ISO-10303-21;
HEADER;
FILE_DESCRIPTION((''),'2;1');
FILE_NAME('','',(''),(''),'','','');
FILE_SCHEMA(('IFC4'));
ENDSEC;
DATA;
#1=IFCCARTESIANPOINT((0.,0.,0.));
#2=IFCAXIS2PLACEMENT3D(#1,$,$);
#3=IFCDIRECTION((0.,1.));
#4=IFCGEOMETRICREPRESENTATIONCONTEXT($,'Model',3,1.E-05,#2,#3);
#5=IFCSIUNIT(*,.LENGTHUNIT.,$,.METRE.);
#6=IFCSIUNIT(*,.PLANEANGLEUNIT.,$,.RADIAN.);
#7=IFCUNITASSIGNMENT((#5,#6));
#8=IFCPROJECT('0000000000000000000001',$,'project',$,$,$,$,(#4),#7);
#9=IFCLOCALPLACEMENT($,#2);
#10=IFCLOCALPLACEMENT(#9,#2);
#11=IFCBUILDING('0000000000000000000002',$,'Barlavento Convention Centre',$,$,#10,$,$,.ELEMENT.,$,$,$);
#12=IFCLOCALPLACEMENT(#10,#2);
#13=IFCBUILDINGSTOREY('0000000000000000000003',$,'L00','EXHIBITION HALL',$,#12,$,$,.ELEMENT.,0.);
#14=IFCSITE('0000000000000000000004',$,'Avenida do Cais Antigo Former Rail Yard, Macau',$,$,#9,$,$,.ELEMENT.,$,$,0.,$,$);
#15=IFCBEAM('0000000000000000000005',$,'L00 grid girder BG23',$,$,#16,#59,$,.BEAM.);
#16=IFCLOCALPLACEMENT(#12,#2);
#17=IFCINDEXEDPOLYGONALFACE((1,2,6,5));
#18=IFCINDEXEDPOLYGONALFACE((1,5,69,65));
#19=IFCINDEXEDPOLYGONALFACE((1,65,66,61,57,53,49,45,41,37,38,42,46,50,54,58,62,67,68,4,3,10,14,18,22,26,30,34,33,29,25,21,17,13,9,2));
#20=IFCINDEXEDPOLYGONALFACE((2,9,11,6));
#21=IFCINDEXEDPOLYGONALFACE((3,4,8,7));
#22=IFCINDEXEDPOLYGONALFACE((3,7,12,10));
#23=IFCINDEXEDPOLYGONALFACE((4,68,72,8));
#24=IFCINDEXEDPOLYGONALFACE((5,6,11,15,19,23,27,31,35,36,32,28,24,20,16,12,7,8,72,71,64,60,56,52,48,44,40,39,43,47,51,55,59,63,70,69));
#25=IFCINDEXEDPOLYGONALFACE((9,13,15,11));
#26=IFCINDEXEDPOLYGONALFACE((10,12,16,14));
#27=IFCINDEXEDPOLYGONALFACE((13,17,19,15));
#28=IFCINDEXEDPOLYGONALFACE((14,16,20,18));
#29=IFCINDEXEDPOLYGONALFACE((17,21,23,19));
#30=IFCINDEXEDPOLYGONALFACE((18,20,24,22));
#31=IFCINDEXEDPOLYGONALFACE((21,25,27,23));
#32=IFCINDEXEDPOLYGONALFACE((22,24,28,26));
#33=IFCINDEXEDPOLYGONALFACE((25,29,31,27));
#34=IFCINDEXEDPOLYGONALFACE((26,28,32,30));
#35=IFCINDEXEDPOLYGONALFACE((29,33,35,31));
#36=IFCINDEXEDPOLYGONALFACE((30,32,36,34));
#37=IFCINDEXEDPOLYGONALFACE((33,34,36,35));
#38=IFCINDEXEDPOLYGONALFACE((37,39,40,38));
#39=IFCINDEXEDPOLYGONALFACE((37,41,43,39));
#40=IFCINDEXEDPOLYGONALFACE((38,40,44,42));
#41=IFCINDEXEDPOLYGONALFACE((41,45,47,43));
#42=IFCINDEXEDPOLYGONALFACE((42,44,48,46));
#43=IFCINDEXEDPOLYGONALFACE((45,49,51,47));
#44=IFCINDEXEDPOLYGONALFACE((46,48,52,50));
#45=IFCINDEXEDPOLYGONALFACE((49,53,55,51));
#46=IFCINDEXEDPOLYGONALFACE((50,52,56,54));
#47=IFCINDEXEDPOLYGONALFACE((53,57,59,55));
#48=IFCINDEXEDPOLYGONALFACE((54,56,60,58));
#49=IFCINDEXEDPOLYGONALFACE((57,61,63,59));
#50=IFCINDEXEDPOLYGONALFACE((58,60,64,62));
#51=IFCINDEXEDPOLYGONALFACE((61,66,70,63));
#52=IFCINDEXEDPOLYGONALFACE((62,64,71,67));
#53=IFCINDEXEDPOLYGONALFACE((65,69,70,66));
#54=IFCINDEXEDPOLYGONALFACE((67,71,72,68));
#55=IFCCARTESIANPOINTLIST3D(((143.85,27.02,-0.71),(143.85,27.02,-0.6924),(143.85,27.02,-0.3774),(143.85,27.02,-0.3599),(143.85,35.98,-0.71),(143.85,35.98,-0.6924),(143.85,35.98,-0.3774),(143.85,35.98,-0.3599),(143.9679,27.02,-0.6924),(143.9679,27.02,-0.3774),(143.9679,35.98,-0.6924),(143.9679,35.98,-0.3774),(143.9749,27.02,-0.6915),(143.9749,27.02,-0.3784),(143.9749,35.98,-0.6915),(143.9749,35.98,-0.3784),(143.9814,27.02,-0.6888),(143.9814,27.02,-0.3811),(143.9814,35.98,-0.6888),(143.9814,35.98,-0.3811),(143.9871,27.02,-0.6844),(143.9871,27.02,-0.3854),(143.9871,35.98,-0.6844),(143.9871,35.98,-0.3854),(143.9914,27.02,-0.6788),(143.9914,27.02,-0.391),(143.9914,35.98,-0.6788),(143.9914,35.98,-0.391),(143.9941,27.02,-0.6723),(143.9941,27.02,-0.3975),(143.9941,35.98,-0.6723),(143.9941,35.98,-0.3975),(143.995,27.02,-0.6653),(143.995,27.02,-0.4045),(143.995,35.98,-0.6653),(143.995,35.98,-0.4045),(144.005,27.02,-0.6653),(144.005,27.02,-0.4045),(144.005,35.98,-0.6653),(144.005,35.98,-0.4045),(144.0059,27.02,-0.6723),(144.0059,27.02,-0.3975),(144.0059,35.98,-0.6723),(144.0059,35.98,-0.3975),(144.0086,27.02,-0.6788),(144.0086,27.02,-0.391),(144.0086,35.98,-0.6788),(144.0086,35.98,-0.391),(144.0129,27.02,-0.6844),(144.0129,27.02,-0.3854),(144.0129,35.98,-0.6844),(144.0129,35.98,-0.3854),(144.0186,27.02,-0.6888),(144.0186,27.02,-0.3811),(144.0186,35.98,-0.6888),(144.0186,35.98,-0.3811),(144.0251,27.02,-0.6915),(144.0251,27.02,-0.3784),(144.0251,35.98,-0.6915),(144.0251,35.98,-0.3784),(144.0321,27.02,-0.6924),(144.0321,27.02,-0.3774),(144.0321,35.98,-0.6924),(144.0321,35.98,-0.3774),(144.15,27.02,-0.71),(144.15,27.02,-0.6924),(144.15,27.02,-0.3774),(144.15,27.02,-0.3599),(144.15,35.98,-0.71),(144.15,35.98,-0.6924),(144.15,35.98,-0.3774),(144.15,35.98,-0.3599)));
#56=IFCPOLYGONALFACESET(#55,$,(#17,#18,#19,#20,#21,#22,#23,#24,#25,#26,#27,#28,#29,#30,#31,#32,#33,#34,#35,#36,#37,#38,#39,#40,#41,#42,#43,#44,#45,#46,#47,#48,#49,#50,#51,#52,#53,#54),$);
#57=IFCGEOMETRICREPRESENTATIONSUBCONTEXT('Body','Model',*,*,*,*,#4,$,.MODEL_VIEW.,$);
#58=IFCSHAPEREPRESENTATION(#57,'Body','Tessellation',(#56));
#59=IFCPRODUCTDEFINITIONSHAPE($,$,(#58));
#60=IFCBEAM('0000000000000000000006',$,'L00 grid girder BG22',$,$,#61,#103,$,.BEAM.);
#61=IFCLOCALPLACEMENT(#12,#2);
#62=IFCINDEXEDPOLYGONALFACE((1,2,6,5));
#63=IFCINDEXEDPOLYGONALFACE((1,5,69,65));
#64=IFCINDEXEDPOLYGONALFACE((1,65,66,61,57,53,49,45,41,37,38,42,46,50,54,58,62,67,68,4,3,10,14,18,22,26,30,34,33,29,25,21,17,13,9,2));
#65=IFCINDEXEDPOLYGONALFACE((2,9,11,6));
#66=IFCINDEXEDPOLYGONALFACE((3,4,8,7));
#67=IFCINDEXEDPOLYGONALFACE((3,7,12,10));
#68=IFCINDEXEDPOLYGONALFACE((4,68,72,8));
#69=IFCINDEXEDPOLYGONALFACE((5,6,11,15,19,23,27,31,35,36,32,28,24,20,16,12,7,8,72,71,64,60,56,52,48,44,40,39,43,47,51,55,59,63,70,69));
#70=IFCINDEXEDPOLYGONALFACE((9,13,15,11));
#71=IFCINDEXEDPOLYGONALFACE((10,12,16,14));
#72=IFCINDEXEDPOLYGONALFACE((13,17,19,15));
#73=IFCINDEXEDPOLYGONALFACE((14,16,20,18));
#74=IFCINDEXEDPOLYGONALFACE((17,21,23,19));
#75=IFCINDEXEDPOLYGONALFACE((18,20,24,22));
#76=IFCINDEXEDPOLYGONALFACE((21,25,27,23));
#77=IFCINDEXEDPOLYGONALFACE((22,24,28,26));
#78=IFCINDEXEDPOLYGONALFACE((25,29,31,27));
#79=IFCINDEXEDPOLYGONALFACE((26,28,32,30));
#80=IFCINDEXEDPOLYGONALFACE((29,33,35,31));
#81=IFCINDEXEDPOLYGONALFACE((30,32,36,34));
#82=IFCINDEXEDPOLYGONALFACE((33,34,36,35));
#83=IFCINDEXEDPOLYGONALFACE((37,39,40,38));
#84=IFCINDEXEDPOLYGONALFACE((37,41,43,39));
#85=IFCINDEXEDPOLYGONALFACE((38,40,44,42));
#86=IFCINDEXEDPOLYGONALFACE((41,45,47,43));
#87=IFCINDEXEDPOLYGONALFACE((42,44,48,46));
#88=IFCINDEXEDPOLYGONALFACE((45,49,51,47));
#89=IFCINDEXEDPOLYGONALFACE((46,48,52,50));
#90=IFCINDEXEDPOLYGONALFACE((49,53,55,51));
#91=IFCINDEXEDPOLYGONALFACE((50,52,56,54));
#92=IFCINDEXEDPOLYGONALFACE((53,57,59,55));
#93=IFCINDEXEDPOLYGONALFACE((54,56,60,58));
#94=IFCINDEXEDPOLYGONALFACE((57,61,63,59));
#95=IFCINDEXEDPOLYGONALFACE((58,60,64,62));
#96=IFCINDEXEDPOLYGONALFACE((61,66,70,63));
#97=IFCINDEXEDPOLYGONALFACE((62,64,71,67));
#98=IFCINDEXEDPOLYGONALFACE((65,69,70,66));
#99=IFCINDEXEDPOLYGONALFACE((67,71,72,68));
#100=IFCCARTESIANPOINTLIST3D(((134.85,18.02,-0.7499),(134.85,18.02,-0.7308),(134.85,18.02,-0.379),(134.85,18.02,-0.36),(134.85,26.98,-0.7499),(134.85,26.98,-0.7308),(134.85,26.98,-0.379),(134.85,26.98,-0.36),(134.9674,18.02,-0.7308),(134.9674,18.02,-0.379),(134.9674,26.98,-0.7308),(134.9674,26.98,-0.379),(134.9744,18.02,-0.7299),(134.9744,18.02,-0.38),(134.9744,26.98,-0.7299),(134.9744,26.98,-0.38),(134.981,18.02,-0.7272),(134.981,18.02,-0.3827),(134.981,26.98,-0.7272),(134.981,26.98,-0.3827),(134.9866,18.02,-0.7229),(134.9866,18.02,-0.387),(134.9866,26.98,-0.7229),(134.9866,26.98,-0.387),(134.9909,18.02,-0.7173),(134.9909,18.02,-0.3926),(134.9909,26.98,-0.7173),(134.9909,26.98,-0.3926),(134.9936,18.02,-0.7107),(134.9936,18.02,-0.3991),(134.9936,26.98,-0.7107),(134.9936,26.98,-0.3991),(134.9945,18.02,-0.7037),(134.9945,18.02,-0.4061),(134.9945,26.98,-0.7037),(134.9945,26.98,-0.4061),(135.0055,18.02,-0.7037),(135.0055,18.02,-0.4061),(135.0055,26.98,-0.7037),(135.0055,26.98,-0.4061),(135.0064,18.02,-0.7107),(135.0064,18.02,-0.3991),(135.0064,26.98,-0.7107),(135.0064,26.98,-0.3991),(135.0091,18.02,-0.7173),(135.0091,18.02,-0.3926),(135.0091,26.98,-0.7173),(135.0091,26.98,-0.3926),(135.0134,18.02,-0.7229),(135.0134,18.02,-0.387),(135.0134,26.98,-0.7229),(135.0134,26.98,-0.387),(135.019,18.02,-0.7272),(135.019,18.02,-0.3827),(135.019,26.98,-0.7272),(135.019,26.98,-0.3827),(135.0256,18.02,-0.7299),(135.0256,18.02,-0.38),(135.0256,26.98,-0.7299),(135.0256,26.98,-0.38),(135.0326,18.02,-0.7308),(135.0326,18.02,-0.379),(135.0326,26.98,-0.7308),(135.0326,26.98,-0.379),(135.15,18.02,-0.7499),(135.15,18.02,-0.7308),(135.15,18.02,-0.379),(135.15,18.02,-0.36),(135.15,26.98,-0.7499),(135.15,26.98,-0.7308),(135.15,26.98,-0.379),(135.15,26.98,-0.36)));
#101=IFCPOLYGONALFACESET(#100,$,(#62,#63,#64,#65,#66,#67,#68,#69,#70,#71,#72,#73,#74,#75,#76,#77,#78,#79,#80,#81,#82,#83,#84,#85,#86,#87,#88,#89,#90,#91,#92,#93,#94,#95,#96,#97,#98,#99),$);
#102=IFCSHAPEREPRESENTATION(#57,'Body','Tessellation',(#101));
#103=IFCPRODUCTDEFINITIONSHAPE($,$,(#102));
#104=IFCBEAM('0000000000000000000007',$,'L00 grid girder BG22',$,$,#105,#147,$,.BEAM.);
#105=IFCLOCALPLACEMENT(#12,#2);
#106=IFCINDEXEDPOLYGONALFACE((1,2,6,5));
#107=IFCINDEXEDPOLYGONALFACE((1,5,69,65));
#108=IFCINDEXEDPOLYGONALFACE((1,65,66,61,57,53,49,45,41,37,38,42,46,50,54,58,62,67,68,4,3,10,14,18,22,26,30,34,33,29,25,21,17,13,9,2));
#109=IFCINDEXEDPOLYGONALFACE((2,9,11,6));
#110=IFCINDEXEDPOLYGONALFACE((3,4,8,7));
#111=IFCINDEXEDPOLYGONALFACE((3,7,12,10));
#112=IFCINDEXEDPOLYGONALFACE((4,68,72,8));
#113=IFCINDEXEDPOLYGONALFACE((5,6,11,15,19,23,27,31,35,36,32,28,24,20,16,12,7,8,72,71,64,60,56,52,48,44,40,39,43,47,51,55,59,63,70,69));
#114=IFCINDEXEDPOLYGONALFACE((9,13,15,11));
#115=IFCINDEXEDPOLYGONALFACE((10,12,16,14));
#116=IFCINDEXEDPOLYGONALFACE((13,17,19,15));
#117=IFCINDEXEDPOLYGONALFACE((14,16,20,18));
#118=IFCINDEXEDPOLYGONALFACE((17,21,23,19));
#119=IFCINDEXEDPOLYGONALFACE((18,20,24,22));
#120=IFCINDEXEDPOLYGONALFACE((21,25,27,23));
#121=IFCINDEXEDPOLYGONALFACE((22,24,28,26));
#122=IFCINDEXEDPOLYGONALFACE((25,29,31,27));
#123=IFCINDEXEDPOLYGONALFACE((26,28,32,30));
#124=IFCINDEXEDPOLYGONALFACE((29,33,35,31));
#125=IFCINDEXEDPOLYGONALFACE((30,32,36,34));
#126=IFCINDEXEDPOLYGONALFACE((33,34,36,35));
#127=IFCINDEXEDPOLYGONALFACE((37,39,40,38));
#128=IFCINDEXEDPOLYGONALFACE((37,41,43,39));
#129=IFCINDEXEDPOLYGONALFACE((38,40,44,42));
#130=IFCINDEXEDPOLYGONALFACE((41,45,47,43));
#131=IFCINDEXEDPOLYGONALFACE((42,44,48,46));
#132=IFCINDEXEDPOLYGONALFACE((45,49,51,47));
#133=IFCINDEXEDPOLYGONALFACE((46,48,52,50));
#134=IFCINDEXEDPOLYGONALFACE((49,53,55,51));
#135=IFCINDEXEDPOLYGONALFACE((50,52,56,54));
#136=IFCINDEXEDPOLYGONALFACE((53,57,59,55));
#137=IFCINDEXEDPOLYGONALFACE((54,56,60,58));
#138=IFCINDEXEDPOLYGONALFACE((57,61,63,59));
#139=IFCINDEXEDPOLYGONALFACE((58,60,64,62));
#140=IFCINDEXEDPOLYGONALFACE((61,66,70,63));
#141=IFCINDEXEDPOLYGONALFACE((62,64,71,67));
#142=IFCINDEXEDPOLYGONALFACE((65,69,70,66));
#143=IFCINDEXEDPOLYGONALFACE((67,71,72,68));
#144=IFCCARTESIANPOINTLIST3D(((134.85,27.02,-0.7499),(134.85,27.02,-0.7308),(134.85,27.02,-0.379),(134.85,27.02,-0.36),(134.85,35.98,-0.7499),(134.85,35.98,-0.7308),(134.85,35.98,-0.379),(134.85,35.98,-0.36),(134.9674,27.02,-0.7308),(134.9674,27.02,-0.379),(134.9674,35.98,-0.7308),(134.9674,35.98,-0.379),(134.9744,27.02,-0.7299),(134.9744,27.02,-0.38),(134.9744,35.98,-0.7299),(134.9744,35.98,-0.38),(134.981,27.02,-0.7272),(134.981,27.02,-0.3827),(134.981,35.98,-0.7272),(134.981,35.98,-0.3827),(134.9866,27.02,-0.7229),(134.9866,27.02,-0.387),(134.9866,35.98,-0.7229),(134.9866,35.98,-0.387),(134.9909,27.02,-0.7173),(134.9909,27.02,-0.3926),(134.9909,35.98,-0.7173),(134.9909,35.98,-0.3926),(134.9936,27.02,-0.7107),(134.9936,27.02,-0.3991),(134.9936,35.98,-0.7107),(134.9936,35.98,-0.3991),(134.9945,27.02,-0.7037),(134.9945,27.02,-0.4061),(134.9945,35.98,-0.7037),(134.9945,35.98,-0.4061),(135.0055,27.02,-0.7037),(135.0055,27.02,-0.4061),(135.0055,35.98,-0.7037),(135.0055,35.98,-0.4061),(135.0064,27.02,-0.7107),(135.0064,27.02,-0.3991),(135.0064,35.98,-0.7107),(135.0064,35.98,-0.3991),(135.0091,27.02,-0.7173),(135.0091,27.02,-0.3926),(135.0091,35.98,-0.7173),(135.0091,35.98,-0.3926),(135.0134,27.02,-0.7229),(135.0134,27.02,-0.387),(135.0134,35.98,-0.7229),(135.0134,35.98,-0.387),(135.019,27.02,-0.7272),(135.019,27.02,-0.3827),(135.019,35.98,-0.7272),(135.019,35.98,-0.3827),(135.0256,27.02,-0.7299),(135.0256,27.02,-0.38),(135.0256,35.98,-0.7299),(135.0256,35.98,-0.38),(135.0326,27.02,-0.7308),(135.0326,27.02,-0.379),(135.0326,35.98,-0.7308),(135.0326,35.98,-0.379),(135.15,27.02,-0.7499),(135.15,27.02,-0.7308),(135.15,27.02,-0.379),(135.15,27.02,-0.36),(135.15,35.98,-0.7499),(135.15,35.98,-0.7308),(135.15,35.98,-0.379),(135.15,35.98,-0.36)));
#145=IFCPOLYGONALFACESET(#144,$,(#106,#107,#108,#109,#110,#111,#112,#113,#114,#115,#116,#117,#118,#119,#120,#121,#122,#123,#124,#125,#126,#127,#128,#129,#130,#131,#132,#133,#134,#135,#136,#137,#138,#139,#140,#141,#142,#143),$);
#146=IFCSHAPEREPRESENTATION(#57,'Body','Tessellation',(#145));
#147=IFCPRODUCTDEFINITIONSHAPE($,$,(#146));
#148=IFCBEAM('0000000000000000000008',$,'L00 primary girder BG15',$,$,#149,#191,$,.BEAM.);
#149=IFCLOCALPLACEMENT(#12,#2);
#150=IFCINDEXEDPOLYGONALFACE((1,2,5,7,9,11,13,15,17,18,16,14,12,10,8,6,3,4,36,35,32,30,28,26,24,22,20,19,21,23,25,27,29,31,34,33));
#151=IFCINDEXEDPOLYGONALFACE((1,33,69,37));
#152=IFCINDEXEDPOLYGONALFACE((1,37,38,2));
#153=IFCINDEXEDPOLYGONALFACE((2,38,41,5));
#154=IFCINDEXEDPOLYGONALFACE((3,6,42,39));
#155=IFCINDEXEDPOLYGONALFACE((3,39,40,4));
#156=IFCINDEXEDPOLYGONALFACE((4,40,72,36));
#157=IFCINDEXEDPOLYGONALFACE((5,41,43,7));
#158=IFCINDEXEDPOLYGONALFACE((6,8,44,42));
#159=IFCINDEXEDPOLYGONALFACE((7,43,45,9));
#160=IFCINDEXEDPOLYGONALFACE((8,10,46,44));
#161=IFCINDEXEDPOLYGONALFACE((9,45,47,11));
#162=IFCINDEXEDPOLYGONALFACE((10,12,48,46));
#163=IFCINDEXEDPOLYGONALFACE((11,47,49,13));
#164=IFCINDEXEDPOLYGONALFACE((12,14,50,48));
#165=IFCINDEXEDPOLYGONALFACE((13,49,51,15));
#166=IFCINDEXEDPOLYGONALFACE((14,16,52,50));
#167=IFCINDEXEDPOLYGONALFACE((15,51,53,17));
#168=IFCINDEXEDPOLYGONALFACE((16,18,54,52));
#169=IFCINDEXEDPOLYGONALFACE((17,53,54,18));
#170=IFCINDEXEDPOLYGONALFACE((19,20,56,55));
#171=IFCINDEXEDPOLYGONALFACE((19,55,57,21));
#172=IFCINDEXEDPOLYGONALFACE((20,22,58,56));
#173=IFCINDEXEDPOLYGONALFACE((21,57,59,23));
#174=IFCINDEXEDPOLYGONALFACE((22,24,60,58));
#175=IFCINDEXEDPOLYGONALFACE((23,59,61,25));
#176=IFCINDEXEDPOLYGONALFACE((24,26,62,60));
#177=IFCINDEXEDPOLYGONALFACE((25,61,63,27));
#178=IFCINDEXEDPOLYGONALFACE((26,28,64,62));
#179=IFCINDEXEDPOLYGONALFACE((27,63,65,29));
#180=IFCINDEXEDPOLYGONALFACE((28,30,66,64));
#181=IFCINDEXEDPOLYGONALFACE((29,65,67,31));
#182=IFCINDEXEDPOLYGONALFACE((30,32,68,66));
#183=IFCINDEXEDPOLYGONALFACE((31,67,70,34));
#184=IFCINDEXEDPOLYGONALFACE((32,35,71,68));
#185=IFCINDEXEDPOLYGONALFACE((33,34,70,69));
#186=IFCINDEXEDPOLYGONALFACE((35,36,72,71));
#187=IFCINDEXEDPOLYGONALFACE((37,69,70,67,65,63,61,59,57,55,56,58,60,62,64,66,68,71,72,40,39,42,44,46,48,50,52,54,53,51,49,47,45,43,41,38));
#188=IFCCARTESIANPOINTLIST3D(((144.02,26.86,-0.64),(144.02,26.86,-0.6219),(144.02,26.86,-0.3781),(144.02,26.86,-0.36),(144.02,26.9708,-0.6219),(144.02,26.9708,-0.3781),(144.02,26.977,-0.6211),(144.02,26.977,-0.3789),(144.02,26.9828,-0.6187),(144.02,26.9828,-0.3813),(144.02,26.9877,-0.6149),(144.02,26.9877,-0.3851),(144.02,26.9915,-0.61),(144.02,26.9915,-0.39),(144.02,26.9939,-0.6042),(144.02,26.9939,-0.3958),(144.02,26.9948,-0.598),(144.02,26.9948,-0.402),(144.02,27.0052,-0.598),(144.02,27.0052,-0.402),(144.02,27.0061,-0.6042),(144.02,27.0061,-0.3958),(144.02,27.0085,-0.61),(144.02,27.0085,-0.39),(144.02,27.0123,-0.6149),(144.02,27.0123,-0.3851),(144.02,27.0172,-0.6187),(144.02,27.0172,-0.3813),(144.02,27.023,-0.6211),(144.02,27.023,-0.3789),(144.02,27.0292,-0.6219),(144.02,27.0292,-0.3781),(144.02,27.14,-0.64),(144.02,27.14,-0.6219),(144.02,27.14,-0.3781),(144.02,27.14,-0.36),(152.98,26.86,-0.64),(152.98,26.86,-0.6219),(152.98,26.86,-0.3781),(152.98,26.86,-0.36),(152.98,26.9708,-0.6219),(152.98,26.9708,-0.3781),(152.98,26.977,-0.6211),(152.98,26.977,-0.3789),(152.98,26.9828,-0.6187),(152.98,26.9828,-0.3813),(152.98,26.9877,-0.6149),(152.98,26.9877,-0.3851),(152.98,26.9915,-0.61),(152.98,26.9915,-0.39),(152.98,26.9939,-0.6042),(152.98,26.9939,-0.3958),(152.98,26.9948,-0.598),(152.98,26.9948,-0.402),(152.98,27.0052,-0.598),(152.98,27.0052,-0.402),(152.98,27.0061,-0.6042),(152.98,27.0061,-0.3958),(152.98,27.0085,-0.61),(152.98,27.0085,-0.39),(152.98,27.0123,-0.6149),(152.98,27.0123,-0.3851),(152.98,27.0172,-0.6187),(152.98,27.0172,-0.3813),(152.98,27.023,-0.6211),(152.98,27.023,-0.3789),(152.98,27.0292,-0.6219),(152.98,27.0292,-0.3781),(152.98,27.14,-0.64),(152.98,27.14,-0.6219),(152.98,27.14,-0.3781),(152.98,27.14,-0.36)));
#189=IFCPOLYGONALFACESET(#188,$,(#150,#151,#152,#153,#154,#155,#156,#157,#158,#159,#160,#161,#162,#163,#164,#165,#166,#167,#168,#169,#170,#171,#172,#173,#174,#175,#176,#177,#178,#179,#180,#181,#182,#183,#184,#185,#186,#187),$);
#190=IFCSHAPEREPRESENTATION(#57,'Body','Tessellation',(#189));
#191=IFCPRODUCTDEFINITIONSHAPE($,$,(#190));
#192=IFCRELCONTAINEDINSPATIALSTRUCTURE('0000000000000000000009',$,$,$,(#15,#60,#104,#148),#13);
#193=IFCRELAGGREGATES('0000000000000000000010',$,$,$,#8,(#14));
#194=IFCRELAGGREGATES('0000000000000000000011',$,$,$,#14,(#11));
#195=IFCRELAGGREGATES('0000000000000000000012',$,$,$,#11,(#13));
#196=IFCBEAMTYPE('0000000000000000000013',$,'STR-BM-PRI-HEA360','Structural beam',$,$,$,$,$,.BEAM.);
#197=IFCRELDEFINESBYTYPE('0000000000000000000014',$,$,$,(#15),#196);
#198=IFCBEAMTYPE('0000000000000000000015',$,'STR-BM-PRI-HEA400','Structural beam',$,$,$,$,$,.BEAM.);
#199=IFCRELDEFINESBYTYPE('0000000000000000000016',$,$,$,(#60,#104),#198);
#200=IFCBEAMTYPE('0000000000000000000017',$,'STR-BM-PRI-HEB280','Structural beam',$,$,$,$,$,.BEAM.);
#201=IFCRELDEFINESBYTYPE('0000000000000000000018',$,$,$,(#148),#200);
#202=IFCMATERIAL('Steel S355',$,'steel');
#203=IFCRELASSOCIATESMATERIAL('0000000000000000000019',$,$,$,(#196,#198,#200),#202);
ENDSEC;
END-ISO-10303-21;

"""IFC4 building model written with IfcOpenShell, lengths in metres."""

from ifc_helpers import new_model, si_unit, direction, frame, origin, origin_2d, place, context, subcontext, project, spatial, i_section, extrude, material, material_profile, profile_set, type_object, element, save


model = new_model("IFC4")

# Units and contexts
model_context = context("Model", 3, precision=1e-05, world=origin(), true_north=direction((0.0, 1.0)))
body_context = subcontext(model_context, "Body", "Model", "MODEL_VIEW")
ifc_project = project(units=[si_unit("LENGTHUNIT", "METRE"), si_unit("PLANEANGLEUNIT", "RADIAN")], contexts=[model_context])

# Site, building, storey
site_placement = place(None, origin())
site = spatial("IfcSite", under=ifc_project, at=site_placement, Name="Avenida do Cais Antigo Former Rail Yard, Macau", CompositionType="ELEMENT", RefElevation=0.0)
building_placement = place(site_placement, origin())
building = spatial("IfcBuilding", under=site, at=building_placement, Name="Barlavento Convention Centre", CompositionType="ELEMENT")
storey_placement = place(building_placement, origin())
storey = spatial("IfcBuildingStorey", under=building, at=storey_placement, Name="L00", Description="EXHIBITION HALL", CompositionType="ELEMENT", Elevation=0.0)

# Beams
ifc_material_1 = material(Name="Steel S355", Category="steel")
ifc_material_profile_1 = material_profile(ifc_material_1, i_section(OverallWidth=0.3, OverallDepth=0.3501, WebThickness=0.01, FlangeThickness=0.0176, FilletRadius=0.0271, at=origin_2d()), Name="HEA 360")
ifc_profile_set_1 = profile_set([ifc_material_profile_1], Name="Steel S355")
beam_type_1 = type_object("IfcBeamType", Name="STR-BM-PRI-HEA360", Description="Structural beam", PredefinedType="BEAM", material=ifc_profile_set_1)
for number, where, z_axis, x_axis, name in (
    (1, (144.0, 27.02, -0.5349), (0.0, 1.0, 0.0), (-1.0, 0.0, 0.0), "L00 grid girder BG23"),
):
    element("IfcBeam", number, at=place(storey_placement, frame(where, z_axis=z_axis, x_axis=x_axis)), inside=storey, type_object=beam_type_1, Name=name, PredefinedType="BEAM", context=body_context, shape_type="SweptSolid", body=[
        extrude(i_section(OverallWidth=0.3, OverallDepth=0.3501, WebThickness=0.01, FlangeThickness=0.0176, FilletRadius=0.0271, at=origin_2d()), origin(), (0.0, 0.0, 1.0), 8.96),
    ])
ifc_material_profile_2 = material_profile(ifc_material_1, i_section(OverallWidth=0.3, OverallDepth=0.3899, WebThickness=0.011, FlangeThickness=0.019, FilletRadius=0.0271, at=origin_2d()), Name="HEA 400")
ifc_profile_set_2 = profile_set([ifc_material_profile_2], Name="Steel S355")
beam_type_2 = type_object("IfcBeamType", Name="STR-BM-PRI-HEA400", Description="Structural beam", PredefinedType="BEAM", material=ifc_profile_set_2)
for number, where, z_axis, x_axis, name in (
    (2, (135.0, 18.02, -0.5549), (0.0, 1.0, 0.0), (-1.0, 0.0, 0.0), "L00 grid girder BG22"),
    (3, (135.0, 27.02, -0.5549), (0.0, 1.0, 0.0), (-1.0, 0.0, 0.0), "L00 grid girder BG22"),
):
    element("IfcBeam", number, at=place(storey_placement, frame(where, z_axis=z_axis, x_axis=x_axis)), inside=storey, type_object=beam_type_2, Name=name, PredefinedType="BEAM", context=body_context, shape_type="SweptSolid", body=[
        extrude(i_section(OverallWidth=0.3, OverallDepth=0.3899, WebThickness=0.011, FlangeThickness=0.019, FilletRadius=0.0271, at=origin_2d()), origin(), (0.0, 0.0, 1.0), 8.96),
    ])
ifc_material_profile_3 = material_profile(ifc_material_1, i_section(OverallWidth=0.28, OverallDepth=0.28, WebThickness=0.0105, FlangeThickness=0.0181, FilletRadius=0.0239, at=origin_2d()), Name="HEB 280")
ifc_profile_set_3 = profile_set([ifc_material_profile_3], Name="Steel S355")
beam_type_3 = type_object("IfcBeamType", Name="STR-BM-PRI-HEB280", Description="Structural beam", PredefinedType="BEAM", material=ifc_profile_set_3)
beam_1_placement = place(storey_placement, frame((144.02, 27.0, -0.5), z_axis=(1.0, 0.0, 0.0), x_axis=(0.0, 1.0, 0.0)))
element("IfcBeam", 4, at=beam_1_placement, inside=storey, type_object=beam_type_3, Name="L00 primary girder BG15", PredefinedType="BEAM", context=body_context, shape_type="SweptSolid", body=[
    extrude(i_section(OverallWidth=0.28, OverallDepth=0.28, WebThickness=0.0105, FlangeThickness=0.0181, FilletRadius=0.0239, at=origin_2d()), origin(), (0.0, 0.0, 1.0), 8.96),
])

save(model, "model.ifc")
